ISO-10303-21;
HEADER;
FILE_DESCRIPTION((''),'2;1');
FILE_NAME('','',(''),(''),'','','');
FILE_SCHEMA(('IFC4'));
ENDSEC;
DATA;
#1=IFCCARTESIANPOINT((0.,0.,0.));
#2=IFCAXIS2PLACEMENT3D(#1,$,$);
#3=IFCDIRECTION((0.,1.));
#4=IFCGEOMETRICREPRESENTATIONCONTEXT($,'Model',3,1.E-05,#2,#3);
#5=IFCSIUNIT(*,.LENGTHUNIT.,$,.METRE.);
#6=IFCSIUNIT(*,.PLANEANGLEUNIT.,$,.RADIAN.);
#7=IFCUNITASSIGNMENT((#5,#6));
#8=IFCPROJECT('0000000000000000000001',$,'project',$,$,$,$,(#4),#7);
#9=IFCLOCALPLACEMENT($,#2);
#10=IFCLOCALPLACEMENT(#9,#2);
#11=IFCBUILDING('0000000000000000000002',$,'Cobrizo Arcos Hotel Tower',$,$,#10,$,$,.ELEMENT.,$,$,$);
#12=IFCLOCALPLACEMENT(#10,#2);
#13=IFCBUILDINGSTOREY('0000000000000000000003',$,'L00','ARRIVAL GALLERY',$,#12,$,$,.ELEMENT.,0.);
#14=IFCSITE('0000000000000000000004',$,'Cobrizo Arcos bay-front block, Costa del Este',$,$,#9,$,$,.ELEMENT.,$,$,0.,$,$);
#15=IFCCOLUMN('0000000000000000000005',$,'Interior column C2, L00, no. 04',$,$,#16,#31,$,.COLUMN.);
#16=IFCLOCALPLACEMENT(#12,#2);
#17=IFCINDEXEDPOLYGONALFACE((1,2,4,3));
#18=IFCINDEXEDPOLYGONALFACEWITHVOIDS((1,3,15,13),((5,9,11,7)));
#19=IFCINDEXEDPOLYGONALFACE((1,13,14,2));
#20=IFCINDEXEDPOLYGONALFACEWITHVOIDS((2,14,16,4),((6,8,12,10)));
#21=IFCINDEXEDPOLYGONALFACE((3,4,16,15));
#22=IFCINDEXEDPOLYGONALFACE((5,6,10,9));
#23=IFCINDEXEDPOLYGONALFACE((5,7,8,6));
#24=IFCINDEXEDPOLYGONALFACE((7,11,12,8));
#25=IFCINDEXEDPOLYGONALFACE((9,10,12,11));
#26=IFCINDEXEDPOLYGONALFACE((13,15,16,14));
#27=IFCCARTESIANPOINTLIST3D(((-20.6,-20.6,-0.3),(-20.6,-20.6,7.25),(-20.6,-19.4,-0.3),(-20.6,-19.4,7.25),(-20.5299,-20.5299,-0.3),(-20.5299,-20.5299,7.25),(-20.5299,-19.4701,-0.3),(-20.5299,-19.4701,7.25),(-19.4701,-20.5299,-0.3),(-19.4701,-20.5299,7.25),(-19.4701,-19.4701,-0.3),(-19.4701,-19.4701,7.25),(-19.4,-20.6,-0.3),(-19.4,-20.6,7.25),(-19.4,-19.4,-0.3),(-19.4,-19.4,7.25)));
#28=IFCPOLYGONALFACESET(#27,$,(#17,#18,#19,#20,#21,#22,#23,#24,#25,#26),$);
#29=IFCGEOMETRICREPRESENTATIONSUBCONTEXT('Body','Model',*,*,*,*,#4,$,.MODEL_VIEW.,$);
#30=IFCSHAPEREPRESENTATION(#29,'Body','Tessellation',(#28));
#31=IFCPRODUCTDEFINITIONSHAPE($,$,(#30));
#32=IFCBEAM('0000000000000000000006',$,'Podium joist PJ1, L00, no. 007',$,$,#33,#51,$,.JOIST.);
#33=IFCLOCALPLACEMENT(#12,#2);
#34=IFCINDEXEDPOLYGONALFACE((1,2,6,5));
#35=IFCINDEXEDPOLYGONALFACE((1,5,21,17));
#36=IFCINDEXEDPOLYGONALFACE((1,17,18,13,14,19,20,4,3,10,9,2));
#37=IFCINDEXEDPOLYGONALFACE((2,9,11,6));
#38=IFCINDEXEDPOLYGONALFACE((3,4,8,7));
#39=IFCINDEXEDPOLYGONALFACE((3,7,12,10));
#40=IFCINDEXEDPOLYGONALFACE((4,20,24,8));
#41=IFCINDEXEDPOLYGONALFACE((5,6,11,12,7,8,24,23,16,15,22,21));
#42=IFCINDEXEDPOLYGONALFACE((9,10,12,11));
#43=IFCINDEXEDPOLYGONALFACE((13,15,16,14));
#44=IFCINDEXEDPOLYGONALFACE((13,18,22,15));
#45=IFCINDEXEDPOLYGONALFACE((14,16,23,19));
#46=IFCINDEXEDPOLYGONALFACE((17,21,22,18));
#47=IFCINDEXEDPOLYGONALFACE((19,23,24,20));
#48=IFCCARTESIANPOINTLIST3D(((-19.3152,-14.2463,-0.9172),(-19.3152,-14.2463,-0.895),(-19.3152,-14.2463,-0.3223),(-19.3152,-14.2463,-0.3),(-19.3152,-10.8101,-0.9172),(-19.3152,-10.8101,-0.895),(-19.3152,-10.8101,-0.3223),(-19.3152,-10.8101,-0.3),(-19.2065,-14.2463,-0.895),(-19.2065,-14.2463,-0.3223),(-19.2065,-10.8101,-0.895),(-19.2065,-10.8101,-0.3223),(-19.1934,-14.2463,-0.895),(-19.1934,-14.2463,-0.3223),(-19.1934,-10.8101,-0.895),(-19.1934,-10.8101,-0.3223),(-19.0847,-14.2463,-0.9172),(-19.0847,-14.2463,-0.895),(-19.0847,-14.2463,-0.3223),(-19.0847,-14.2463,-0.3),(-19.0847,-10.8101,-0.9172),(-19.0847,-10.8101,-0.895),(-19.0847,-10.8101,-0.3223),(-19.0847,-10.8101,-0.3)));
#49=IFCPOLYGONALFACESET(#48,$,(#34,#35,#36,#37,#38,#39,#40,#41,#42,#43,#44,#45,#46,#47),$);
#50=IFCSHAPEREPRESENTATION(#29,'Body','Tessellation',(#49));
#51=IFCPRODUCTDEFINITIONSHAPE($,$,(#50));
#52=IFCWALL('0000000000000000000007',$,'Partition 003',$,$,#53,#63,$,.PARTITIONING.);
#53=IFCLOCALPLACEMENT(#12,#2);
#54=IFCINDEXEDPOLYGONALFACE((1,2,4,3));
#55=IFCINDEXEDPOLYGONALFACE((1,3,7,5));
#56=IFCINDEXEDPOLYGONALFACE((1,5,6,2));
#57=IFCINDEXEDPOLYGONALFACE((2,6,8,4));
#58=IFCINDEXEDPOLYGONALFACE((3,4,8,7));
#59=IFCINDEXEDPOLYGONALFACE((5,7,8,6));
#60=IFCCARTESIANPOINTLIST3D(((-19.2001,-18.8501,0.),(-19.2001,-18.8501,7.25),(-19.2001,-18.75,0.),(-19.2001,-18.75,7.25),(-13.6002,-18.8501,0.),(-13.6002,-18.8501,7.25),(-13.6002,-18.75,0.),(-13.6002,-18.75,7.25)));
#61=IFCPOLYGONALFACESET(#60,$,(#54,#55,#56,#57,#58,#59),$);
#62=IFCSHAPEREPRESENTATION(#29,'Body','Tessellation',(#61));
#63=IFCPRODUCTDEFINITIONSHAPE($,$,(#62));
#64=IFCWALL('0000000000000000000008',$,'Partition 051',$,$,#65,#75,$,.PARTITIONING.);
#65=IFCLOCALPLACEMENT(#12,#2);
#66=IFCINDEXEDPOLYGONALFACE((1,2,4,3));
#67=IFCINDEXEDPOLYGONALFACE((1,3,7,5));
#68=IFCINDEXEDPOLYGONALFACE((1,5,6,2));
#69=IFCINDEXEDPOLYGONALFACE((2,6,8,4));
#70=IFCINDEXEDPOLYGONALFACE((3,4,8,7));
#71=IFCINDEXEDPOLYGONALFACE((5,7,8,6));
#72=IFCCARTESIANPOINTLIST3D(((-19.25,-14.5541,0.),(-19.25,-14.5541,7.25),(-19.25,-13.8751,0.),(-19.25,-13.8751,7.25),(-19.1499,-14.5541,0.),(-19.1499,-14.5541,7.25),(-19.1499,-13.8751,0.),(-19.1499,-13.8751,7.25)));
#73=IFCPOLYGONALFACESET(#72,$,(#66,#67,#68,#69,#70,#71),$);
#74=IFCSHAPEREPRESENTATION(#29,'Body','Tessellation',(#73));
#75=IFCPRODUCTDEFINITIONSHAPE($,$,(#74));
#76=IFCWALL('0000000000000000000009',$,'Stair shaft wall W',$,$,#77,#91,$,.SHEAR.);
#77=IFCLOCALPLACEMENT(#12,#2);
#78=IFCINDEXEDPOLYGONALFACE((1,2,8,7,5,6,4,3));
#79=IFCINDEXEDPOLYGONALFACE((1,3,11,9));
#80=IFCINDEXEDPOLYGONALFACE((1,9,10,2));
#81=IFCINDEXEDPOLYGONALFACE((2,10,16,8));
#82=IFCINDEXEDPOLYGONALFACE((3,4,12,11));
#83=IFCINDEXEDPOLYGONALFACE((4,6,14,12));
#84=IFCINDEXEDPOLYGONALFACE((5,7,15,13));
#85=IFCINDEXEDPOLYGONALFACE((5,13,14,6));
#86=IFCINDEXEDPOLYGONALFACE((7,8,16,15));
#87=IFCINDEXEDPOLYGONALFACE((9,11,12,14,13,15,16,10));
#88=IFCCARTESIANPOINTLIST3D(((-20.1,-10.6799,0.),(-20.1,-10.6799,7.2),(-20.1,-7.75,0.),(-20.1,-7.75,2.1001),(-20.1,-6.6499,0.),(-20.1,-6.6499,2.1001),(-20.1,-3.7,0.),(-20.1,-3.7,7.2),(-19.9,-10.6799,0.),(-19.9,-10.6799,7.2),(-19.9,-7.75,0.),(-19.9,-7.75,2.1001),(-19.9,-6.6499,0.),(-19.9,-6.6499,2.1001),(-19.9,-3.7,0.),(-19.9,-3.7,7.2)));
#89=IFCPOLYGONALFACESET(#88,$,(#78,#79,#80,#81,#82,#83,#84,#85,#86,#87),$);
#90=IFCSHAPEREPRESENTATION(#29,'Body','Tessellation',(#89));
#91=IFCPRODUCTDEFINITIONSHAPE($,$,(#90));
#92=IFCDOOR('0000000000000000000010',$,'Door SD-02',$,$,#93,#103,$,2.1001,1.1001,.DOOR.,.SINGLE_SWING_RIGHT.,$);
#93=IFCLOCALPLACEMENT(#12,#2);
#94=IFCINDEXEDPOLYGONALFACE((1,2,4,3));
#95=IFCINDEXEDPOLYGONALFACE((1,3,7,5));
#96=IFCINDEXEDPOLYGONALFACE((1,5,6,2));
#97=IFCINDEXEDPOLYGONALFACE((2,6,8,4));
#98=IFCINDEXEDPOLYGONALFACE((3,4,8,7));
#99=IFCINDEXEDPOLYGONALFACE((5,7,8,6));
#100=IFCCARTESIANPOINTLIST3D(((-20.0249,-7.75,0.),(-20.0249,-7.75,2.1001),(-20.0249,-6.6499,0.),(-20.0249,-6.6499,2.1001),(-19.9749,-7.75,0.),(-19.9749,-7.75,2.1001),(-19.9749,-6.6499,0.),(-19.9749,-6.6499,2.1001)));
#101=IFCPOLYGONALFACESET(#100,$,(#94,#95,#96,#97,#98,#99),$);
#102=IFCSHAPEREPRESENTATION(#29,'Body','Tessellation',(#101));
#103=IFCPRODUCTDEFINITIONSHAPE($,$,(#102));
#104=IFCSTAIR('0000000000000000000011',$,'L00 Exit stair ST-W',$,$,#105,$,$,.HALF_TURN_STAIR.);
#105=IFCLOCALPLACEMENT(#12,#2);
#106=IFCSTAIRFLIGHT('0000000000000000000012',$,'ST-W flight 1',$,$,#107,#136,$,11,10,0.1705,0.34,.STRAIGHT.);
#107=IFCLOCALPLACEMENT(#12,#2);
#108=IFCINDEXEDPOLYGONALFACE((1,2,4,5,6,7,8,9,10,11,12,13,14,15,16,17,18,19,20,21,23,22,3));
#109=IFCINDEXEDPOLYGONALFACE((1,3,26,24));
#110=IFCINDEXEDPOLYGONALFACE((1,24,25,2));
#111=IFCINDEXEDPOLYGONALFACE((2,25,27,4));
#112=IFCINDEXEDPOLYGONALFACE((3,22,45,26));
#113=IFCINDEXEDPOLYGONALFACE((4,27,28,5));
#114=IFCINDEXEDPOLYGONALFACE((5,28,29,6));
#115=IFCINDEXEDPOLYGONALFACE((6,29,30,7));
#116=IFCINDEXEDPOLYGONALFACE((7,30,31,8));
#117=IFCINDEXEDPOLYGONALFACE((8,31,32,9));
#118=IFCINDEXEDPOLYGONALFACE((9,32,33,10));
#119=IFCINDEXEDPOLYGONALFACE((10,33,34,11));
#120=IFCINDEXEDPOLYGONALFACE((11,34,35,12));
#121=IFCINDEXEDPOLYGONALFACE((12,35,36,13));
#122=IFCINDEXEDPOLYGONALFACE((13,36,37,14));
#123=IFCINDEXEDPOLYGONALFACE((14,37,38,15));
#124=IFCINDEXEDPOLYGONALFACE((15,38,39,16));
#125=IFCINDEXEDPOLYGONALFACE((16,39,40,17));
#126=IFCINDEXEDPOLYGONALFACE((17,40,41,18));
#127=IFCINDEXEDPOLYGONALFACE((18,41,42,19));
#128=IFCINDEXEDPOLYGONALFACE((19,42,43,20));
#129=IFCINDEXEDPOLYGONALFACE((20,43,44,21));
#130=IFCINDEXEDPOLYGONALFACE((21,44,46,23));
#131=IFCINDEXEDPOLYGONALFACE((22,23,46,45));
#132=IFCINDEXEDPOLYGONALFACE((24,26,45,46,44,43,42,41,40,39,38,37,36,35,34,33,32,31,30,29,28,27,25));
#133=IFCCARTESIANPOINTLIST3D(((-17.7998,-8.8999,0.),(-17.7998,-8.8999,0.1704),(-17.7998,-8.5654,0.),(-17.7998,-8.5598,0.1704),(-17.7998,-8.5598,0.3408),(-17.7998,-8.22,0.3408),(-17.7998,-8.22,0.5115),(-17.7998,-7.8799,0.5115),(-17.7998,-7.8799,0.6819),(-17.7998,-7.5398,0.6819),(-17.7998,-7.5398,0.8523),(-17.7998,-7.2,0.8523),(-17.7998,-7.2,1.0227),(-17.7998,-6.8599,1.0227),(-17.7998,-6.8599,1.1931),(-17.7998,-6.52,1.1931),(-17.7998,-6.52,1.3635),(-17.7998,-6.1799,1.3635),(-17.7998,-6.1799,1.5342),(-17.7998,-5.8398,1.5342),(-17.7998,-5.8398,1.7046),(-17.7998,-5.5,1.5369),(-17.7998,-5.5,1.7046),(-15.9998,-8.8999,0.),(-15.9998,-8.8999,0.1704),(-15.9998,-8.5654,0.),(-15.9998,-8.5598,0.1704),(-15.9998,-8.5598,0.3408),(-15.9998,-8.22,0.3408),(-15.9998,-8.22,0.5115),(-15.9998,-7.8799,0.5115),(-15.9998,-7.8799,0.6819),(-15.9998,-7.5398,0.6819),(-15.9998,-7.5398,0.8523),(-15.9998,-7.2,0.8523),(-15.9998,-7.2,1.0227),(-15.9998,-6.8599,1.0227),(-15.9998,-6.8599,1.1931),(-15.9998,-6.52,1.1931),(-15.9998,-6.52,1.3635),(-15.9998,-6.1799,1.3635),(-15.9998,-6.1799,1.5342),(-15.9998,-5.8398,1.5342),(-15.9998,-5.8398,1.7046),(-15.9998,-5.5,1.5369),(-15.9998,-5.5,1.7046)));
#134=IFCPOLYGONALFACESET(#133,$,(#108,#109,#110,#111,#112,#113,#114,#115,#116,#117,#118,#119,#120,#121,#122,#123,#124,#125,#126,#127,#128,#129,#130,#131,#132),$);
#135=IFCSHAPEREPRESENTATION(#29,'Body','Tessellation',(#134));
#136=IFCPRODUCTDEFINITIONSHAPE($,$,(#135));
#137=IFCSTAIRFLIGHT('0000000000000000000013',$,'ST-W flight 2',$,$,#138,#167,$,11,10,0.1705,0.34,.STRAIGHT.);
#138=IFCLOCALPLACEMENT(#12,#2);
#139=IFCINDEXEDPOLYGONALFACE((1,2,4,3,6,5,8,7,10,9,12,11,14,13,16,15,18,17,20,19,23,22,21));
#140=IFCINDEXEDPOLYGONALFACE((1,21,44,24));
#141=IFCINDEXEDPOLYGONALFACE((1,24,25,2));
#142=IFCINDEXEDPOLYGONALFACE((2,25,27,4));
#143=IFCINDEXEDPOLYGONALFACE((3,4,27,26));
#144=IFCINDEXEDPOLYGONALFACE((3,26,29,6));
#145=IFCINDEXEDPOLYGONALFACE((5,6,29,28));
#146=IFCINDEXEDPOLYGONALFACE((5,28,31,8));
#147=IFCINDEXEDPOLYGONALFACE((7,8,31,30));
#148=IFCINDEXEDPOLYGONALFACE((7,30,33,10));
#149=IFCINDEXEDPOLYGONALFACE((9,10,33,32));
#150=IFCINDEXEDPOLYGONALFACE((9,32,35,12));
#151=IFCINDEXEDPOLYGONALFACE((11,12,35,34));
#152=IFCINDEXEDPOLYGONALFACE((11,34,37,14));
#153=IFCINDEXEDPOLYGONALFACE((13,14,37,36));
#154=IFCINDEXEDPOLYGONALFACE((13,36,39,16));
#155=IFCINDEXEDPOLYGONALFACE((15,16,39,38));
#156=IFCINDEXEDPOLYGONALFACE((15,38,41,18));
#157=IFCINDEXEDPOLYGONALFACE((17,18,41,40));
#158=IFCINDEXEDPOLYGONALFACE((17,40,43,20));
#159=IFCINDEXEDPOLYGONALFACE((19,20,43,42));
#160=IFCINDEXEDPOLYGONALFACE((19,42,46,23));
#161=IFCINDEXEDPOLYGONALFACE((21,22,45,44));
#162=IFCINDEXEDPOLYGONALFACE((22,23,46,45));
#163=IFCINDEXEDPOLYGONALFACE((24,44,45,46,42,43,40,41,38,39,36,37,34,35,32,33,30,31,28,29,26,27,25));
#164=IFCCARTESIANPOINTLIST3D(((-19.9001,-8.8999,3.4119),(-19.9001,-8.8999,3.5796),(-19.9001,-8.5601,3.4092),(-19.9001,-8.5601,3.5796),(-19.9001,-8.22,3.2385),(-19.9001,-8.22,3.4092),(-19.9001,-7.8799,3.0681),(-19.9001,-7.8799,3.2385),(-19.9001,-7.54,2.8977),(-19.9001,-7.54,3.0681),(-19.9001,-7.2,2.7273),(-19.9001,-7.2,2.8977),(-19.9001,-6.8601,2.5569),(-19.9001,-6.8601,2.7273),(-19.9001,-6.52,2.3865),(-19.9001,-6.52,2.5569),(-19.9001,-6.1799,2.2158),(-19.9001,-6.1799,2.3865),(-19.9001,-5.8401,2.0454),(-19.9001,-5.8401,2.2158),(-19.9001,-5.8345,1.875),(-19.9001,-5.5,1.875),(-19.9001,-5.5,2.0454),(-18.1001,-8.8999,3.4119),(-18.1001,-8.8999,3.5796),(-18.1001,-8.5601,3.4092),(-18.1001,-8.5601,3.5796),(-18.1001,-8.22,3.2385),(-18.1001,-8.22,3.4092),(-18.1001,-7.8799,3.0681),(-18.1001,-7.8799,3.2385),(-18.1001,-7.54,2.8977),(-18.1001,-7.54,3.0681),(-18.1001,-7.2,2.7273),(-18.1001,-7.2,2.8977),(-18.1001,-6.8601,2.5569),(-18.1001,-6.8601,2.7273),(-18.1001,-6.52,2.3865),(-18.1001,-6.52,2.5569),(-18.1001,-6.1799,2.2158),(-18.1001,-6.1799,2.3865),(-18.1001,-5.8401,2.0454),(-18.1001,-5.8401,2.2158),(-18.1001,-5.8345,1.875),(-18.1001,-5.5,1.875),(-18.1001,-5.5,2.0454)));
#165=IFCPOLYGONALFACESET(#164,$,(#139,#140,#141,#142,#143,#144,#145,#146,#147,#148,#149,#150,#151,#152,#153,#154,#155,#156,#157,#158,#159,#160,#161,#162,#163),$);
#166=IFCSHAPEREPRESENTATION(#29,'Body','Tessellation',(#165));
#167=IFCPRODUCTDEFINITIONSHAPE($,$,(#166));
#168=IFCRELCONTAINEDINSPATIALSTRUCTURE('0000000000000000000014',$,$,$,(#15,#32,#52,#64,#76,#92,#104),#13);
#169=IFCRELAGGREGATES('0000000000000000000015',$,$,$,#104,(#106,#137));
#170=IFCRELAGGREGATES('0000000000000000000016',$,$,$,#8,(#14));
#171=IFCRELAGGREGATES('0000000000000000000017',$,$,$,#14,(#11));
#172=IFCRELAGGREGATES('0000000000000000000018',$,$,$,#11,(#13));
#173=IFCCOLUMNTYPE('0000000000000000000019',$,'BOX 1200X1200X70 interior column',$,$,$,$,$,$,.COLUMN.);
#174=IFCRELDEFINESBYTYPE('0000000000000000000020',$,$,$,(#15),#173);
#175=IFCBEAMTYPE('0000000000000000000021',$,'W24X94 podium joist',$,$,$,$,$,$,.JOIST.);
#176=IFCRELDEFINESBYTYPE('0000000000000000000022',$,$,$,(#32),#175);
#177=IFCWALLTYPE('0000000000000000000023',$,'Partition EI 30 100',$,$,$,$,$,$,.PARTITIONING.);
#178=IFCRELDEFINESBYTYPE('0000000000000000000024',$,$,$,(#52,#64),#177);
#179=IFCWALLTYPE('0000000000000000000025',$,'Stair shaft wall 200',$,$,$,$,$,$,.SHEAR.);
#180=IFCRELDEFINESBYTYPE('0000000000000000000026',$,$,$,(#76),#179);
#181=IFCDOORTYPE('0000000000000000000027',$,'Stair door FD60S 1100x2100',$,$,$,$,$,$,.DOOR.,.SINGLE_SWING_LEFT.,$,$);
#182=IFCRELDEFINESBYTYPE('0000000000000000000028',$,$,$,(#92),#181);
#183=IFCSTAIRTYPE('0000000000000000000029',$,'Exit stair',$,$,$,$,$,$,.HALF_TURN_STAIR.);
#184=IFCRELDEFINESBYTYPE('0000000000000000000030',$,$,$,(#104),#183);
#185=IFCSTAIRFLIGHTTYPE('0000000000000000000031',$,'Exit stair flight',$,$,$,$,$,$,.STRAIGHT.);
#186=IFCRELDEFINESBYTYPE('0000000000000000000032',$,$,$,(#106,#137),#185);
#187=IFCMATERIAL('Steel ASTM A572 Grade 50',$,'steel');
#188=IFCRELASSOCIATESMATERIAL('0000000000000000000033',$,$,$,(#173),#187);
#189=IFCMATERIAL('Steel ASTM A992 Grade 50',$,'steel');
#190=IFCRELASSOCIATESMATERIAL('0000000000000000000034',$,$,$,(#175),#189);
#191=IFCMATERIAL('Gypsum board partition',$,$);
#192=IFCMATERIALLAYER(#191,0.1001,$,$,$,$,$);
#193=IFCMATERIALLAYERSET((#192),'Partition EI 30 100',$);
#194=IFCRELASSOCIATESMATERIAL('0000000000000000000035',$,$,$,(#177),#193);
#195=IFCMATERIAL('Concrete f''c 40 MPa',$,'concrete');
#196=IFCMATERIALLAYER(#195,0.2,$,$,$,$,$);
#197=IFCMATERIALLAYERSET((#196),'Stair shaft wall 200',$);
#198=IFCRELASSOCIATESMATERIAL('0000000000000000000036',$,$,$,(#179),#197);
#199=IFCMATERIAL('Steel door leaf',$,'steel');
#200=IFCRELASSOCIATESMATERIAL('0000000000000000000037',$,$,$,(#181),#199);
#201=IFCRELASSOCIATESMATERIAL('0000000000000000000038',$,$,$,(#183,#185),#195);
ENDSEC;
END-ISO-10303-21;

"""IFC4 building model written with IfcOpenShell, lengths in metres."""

from ifc_helpers import new_model, si_unit, direction, frame, frame_2d, origin, origin_2d, place, context, subcontext, project, spatial, polyline, rectangle, hollow_rectangle, i_section, outline, extrude, material, layer, layer_set, material_profile, profile_set, type_object, element, fill, aggregate, save


model = new_model("IFC4")

# Units and contexts
model_context = context("Model", 3, precision=1e-05, world=origin(), true_north=direction((0.0, 1.0)))
body_context = subcontext(model_context, "Body", "Model", "MODEL_VIEW")
ifc_project = project(units=[si_unit("LENGTHUNIT", "METRE"), si_unit("PLANEANGLEUNIT", "RADIAN")], contexts=[model_context])

# Site, building, storey
site_placement = place(None, origin())
site = spatial("IfcSite", under=ifc_project, at=site_placement, Name="Cobrizo Arcos bay-front block, Costa del Este", CompositionType="ELEMENT", RefElevation=0.0)
building_placement = place(site_placement, origin())
building = spatial("IfcBuilding", under=site, at=building_placement, Name="Cobrizo Arcos Hotel Tower", CompositionType="ELEMENT")
storey_placement = place(building_placement, origin())
storey = spatial("IfcBuildingStorey", under=building, at=storey_placement, Name="L00", Description="ARRIVAL GALLERY", CompositionType="ELEMENT", Elevation=0.0)

# Column
ifc_material_1 = material(Name="Steel ASTM A572 Grade 50", Category="steel")
ifc_material_profile_1 = material_profile(ifc_material_1, hollow_rectangle(XDim=1.2, YDim=1.2, WallThickness=0.0701, at=origin_2d()), Name="BOX 1200X1200X70")
ifc_profile_set_1 = profile_set([ifc_material_profile_1], Name="Steel ASTM A572 Grade 50")
column_type = type_object("IfcColumnType", Name="BOX 1200X1200X70 interior column", PredefinedType="COLUMN", material=ifc_profile_set_1)
column_placement = place(storey_placement, frame((-20.0, -20.0, -0.3), z_axis=(0.0, 0.0, 1.0), x_axis=(1.0, 0.0, 0.0)))
element("IfcColumn", 1, at=column_placement, inside=storey, type_object=column_type, Name="Interior column C2, L00, no. 04", PredefinedType="COLUMN", context=body_context, shape_type="SweptSolid", body=[
    extrude(hollow_rectangle(XDim=1.2, YDim=1.2, WallThickness=0.0701, at=origin_2d()), origin(), (0.0, 0.0, 1.0), 7.55),
])

# Beam
ifc_material_2 = material(Name="Steel ASTM A992 Grade 50", Category="steel")
ifc_material_profile_2 = material_profile(ifc_material_2, i_section(OverallWidth=0.2305, OverallDepth=0.6172, WebThickness=0.0132, FlangeThickness=0.0222, at=origin_2d()), Name="W24X94")
ifc_profile_set_2 = profile_set([ifc_material_profile_2], Name="Steel ASTM A992 Grade 50")
beam_type = type_object("IfcBeamType", Name="W24X94 podium joist", PredefinedType="JOIST", material=ifc_profile_set_2)
beam_placement = place(storey_placement, frame((-19.2, -14.2463, -0.6086), z_axis=(0.0, 1.0, 0.0), x_axis=(-1.0, 0.0, 0.0)))
element("IfcBeam", 2, at=beam_placement, inside=storey, type_object=beam_type, Name="Podium joist PJ1, L00, no. 007", PredefinedType="JOIST", context=body_context, shape_type="SweptSolid", body=[
    extrude(i_section(OverallWidth=0.2305, OverallDepth=0.6172, WebThickness=0.0132, FlangeThickness=0.0222, at=origin_2d()), origin(), (0.0, 0.0, 1.0), 3.4363),
])

# Walls
ifc_material_3 = material(Name="Gypsum board partition")
ifc_layer_1 = layer(ifc_material_3, 0.1001)
ifc_layer_set_1 = layer_set([ifc_layer_1], Name="Partition EI 30 100")
wall_type_1 = type_object("IfcWallType", Name="Partition EI 30 100", PredefinedType="PARTITIONING", material=ifc_layer_set_1)
wall_1_placement = place(storey_placement, frame((-19.2, -18.8, 0.0), z_axis=(0.0, 0.0, 1.0), x_axis=(1.0, 0.0, 0.0)))
element("IfcWall", 3, at=wall_1_placement, inside=storey, type_object=wall_type_1, Name="Partition 003", PredefinedType="PARTITIONING", context=body_context, shape_type="SweptSolid", body=[
    extrude(rectangle(XDim=5.5999, YDim=0.1001, at=frame_2d((2.7998, 0.0))), origin(), (0.0, 0.0, 1.0), 7.25),
])
wall_2_placement = place(storey_placement, frame((-19.2, -14.554, 0.0), z_axis=(0.0, 0.0, 1.0), x_axis=(0.0, 1.0, 0.0)))
element("IfcWall", 4, at=wall_2_placement, inside=storey, type_object=wall_type_1, Name="Partition 051", PredefinedType="PARTITIONING", context=body_context, shape_type="SweptSolid", body=[
    extrude(rectangle(XDim=0.679, YDim=0.1001, at=frame_2d((0.3394, 0.0))), origin(), (0.0, 0.0, 1.0), 7.25),
])

# Wall, opening, door
ifc_material_4 = material(Name="Concrete f'c 40 MPa", Category="concrete")
ifc_layer_2 = layer(ifc_material_4, 0.2)
ifc_layer_set_2 = layer_set([ifc_layer_2], Name="Stair shaft wall 200")
wall_type_2 = type_object("IfcWallType", Name="Stair shaft wall 200", PredefinedType="SHEAR", material=ifc_layer_set_2)
wall_3_placement = place(storey_placement, frame((-20.0, -10.6799, 0.0), z_axis=(0.0, 0.0, 1.0), x_axis=(0.0, 1.0, 0.0)))
wall_3 = element("IfcWall", 5, at=wall_3_placement, inside=storey, type_object=wall_type_2, Name="Stair shaft wall W", PredefinedType="SHEAR", context=body_context, shape_type="SweptSolid", body=[
    extrude(rectangle(XDim=6.98, YDim=0.2, at=frame_2d((3.49, 0.0))), origin(), (0.0, 0.0, 1.0), 7.2),
])
opening_placement = place(wall_3_placement, frame((2.9299, 0.0, 0.0)))
opening = element("IfcOpeningElement", 6, at=opening_placement, cuts=wall_3, PredefinedType="OPENING", context=body_context, shape_type="SweptSolid", body=[
    extrude(rectangle(XDim=1.1001, YDim=2.1001, at=frame_2d((0.55, 1.05))), frame((0.0, 0.1121, 0.0), z_axis=(0.0, -1.0, 0.0), x_axis=(1.0, 0.0, 0.0)), (0.0, 0.0, 1.0), 0.2239),
])
ifc_material_5 = material(Name="Steel door leaf", Category="steel")
door_type = type_object("IfcDoorType", Name="Stair door FD60S 1100x2100", OperationType="SINGLE_SWING_LEFT", PredefinedType="DOOR", material=ifc_material_5)
door_placement = place(opening_placement, origin())
door = element("IfcDoor", 7, at=door_placement, inside=storey, type_object=door_type, Name="Door SD-02", OperationType="SINGLE_SWING_RIGHT", OverallHeight=2.1001, OverallWidth=1.1001, PredefinedType="DOOR", context=body_context, shape_type="SweptSolid", body=[
    extrude(rectangle(XDim=1.1001, YDim=2.1001, at=frame_2d((0.55, 1.05))), frame((0.0, 0.0249, 0.0), z_axis=(0.0, -1.0, 0.0), x_axis=(1.0, 0.0, 0.0)), (0.0, 0.0, 1.0), 0.05),
])
fill(opening, door)

# Stair, stair flights
stair_type = type_object("IfcStairType", Name="Exit stair", PredefinedType="HALF_TURN_STAIR", material=ifc_material_4)
stair_placement = place(storey_placement, origin())
stair = element("IfcStair", 8, at=stair_placement, inside=storey, type_object=stair_type, Name="L00 Exit stair ST-W", PredefinedType="HALF_TURN_STAIR")
stair_flight_type = type_object("IfcStairFlightType", Name="Exit stair flight", PredefinedType="STRAIGHT", material=ifc_material_4)
stair_flight_1_placement = place(storey_placement, frame((-16.8999, -8.8999, 0.0), z_axis=(0.0, 0.0, 1.0), x_axis=(0.0, 1.0, 0.0)))
stair_flight_1 = element("IfcStairFlight", 9, at=stair_flight_1_placement, type_object=stair_flight_type, Name="ST-W flight 1", NumberOfRisers=11, NumberOfTreads=10, PredefinedType="STRAIGHT", RiserHeight=0.1705, TreadLength=0.34, context=body_context, shape_type="SweptSolid", body=[
    extrude(outline(polyline([(0.0, 0.0), (0.0, 0.1704), (0.3401, 0.1704), (0.3401, 0.3408), (0.6799, 0.3408), (0.6799, 0.5115), (1.02, 0.5115), (1.02, 0.6819), (1.3601, 0.6819), (1.3601, 0.8523), (1.7, 0.8523), (1.7, 1.0227), (2.04, 1.0227), (2.04, 1.1931), (2.3799, 1.1931), (2.3799, 1.3635), (2.72, 1.3635), (2.72, 1.5342), (3.0601, 1.5342), (3.0601, 1.7046), (3.3999, 1.7046), (3.3999, 1.875), (3.3999, 1.5369), (0.3345, 0.0), (0.0, 0.0)])), frame((0.0, 0.8999, 0.0), z_axis=(0.0, -1.0, 0.0), x_axis=(1.0, 0.0, 0.0)), (0.0, 0.0, 1.0), 1.8),
])
stair_flight_2_placement = place(storey_placement, frame((-19.0, -5.5, 1.875), z_axis=(0.0, 0.0, 1.0), x_axis=(0.0, -1.0, 0.0)))
stair_flight_2 = element("IfcStairFlight", 10, at=stair_flight_2_placement, type_object=stair_flight_type, Name="ST-W flight 2", NumberOfRisers=11, NumberOfTreads=10, PredefinedType="STRAIGHT", RiserHeight=0.1705, TreadLength=0.34, context=body_context, shape_type="SweptSolid", body=[
    extrude(outline(polyline([(0.0, 0.0), (0.0, 0.1704), (0.3401, 0.1704), (0.3401, 0.3408), (0.6799, 0.3408), (0.6799, 0.5115), (1.02, 0.5115), (1.02, 0.6819), (1.3601, 0.6819), (1.3601, 0.8523), (1.7, 0.8523), (1.7, 1.0227), (2.04, 1.0227), (2.04, 1.1931), (2.3799, 1.1931), (2.3799, 1.3635), (2.72, 1.3635), (2.72, 1.5342), (3.0601, 1.5342), (3.0601, 1.7046), (3.3999, 1.7046), (3.3999, 1.875), (3.3999, 1.5369), (0.3345, 0.0), (0.0, 0.0)])), frame((0.0, 0.8999, 0.0), z_axis=(0.0, -1.0, 0.0), x_axis=(1.0, 0.0, 0.0)), (0.0, 0.0, 1.0), 1.8),
])
aggregate(stair, [stair_flight_1, stair_flight_2])

save(model, "model.ifc")
